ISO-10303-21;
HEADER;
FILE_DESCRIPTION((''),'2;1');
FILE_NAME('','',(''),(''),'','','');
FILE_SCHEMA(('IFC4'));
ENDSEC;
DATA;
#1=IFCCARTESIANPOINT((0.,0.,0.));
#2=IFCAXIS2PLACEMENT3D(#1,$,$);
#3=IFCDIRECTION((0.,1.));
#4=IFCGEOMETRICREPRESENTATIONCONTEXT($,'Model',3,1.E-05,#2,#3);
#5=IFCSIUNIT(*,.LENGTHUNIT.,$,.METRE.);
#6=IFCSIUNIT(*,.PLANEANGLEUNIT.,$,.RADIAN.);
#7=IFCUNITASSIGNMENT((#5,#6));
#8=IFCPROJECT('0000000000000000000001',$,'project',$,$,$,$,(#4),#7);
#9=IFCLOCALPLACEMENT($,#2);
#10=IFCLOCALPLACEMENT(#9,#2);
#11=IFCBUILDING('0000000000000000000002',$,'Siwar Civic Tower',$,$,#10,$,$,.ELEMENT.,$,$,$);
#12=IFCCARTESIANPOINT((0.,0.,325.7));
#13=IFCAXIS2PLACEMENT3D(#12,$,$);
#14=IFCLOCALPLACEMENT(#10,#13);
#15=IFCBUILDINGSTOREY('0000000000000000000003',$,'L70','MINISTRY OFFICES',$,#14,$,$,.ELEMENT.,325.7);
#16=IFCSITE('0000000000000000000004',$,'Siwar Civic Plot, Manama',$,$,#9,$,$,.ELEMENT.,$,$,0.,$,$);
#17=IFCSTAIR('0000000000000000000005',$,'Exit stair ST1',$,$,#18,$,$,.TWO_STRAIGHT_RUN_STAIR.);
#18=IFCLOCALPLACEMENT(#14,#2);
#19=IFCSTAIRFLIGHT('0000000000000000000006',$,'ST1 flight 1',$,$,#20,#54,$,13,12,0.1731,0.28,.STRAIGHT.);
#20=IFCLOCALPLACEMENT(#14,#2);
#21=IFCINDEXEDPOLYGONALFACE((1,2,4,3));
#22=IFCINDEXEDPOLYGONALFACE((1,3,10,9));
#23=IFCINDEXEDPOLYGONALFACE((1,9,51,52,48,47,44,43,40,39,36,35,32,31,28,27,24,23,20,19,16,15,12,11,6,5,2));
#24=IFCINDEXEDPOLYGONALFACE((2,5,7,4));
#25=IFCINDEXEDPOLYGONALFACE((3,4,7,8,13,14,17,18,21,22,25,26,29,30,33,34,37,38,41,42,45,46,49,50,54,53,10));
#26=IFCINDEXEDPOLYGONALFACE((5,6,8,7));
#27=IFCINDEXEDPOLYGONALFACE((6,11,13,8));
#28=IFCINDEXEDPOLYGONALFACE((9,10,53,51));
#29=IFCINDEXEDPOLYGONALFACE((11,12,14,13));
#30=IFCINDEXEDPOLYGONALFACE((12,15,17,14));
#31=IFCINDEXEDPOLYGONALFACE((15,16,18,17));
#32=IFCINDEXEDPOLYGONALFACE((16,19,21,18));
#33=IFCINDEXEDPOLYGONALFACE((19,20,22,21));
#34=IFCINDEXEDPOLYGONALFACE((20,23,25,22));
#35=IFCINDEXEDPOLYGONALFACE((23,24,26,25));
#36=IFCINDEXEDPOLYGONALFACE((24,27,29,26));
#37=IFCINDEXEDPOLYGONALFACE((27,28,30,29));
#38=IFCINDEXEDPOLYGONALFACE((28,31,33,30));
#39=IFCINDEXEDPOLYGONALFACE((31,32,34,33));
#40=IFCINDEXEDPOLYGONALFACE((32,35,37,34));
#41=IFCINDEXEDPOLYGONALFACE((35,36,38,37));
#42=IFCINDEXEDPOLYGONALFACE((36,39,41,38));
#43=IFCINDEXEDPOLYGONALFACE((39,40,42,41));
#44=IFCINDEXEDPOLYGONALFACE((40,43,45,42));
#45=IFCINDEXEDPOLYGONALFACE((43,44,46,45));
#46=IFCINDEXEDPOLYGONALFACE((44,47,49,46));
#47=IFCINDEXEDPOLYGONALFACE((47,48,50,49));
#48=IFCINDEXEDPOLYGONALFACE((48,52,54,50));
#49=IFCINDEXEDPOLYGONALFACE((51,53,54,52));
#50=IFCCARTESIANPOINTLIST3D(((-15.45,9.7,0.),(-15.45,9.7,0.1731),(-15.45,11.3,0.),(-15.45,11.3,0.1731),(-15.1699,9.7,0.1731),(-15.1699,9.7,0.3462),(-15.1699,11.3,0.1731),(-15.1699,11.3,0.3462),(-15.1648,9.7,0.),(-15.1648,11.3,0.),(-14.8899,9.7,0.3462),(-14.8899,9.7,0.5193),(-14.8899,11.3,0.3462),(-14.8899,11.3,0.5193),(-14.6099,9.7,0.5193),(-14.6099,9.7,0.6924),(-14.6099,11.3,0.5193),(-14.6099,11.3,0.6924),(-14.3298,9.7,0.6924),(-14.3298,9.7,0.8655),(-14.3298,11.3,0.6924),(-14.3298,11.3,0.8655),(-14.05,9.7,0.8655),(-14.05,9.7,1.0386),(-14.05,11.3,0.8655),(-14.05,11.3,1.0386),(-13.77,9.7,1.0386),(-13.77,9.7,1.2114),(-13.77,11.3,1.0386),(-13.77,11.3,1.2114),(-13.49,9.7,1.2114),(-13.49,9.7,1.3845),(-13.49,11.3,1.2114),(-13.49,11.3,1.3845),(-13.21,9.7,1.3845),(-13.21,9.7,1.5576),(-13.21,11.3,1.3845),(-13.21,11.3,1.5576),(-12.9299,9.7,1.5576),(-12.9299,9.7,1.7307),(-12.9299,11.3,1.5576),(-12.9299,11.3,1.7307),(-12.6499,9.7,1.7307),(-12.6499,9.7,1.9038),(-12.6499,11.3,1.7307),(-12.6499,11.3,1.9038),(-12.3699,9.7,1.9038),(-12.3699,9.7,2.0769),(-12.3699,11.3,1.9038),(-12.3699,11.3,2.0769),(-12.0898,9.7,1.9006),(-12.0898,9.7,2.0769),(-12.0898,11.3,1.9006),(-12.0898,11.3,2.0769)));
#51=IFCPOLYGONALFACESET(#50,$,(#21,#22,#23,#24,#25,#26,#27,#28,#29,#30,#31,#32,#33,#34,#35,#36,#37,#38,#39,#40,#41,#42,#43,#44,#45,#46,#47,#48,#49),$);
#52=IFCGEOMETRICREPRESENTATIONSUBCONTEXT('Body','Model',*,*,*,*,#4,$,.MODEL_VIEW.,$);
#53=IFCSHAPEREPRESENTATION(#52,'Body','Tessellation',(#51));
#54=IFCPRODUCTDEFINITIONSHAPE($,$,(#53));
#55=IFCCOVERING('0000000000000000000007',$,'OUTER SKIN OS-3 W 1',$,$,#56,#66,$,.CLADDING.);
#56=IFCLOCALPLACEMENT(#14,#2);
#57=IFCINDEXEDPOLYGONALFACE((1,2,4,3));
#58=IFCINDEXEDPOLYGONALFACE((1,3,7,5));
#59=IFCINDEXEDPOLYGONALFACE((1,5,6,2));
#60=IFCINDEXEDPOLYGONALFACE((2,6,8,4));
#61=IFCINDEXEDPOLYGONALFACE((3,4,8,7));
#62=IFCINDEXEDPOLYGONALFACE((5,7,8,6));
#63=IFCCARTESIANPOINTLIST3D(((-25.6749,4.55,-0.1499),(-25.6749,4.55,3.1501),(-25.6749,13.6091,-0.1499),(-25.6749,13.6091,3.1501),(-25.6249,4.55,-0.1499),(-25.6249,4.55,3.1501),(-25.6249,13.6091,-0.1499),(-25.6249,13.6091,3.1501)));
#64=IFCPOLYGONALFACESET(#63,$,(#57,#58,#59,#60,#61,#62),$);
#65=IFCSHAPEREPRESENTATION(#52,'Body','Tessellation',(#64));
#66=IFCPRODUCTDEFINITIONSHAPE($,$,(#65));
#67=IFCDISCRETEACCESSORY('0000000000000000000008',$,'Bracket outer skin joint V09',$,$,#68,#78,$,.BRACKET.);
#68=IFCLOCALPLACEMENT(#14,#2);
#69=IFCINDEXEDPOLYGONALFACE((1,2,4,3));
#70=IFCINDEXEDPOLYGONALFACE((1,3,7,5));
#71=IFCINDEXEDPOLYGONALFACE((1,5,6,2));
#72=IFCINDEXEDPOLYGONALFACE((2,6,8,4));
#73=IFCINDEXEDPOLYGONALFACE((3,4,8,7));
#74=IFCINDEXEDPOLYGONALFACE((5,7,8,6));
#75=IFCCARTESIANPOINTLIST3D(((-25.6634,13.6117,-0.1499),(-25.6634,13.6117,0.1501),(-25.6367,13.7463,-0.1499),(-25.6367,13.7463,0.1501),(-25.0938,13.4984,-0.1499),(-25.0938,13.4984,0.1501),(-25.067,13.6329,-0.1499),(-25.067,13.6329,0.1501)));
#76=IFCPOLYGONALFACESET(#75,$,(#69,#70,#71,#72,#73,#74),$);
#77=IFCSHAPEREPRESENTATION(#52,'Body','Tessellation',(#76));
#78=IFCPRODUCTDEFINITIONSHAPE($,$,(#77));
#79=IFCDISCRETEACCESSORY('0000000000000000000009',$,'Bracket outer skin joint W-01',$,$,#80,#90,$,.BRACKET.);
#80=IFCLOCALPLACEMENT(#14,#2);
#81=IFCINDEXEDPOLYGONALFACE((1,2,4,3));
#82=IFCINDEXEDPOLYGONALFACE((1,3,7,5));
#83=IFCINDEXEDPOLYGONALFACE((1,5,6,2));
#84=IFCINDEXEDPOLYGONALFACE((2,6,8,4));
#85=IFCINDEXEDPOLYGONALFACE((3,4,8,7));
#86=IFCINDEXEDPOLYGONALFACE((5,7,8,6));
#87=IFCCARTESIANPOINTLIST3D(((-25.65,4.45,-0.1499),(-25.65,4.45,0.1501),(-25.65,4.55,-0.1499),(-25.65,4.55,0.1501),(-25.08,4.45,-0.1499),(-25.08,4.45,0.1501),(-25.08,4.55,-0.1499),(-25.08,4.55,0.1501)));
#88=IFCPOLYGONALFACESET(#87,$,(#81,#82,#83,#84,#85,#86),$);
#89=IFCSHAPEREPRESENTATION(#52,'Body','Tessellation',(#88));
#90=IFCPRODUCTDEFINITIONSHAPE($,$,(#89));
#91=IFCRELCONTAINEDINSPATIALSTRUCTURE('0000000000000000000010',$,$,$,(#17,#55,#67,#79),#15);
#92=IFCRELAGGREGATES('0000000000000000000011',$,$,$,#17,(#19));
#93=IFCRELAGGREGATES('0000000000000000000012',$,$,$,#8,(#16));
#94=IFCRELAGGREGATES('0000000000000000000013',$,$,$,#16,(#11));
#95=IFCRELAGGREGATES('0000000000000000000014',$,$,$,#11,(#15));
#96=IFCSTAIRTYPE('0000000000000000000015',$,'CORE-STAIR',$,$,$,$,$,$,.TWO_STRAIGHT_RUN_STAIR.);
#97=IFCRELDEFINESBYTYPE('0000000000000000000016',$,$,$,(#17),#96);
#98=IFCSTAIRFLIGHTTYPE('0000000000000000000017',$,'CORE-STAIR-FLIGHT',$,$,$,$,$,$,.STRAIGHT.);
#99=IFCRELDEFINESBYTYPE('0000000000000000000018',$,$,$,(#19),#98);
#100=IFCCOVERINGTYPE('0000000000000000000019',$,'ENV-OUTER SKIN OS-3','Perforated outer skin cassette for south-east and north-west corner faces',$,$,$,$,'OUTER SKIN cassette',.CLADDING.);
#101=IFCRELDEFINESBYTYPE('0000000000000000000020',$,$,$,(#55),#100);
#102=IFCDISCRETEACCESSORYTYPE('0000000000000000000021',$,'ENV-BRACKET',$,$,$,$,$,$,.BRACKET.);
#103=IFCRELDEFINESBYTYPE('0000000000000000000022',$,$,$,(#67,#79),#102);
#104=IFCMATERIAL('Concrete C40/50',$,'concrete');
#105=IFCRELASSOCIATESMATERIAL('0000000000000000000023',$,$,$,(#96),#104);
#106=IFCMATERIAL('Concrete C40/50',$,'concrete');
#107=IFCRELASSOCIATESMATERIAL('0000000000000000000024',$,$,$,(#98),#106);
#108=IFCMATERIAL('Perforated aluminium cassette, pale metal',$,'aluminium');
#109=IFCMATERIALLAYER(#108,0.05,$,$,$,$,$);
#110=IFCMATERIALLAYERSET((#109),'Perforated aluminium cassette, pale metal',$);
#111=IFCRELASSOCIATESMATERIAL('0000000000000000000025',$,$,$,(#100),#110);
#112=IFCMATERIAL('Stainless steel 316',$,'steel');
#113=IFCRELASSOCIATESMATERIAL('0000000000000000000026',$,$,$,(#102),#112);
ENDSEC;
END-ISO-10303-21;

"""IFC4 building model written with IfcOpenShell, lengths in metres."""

from ifc_helpers import new_model, si_unit, direction, frame, origin, origin_2d, place, context, subcontext, project, spatial, polyline, rectangle, outline, extrude, material, layer, layer_set, type_object, element, aggregate, save


model = new_model("IFC4")

# Units and contexts
model_context = context("Model", 3, precision=1e-05, world=origin(), true_north=direction((0.0, 1.0)))
body_context = subcontext(model_context, "Body", "Model", "MODEL_VIEW")
ifc_project = project(units=[si_unit("LENGTHUNIT", "METRE"), si_unit("PLANEANGLEUNIT", "RADIAN")], contexts=[model_context])

# Site, building, storey
site_placement = place(None, origin())
site = spatial("IfcSite", under=ifc_project, at=site_placement, Name="Siwar Civic Plot, Manama", CompositionType="ELEMENT", RefElevation=0.0)
building_placement = place(site_placement, origin())
building = spatial("IfcBuilding", under=site, at=building_placement, Name="Siwar Civic Tower", CompositionType="ELEMENT")
storey_placement = place(building_placement, frame((0.0, 0.0, 325.7)))
storey = spatial("IfcBuildingStorey", under=building, at=storey_placement, Name="L70", Description="MINISTRY OFFICES", CompositionType="ELEMENT", Elevation=325.7)

# Stair, stair flight
ifc_material_1 = material(Name="Concrete C40/50", Category="concrete")
stair_type = type_object("IfcStairType", Name="CORE-STAIR", PredefinedType="TWO_STRAIGHT_RUN_STAIR", material=ifc_material_1)
stair_placement = place(storey_placement, origin())
stair = element("IfcStair", 1, at=stair_placement, inside=storey, type_object=stair_type, Name="Exit stair ST1", PredefinedType="TWO_STRAIGHT_RUN_STAIR")
ifc_material_2 = material(Name="Concrete C40/50", Category="concrete")
stair_flight_type = type_object("IfcStairFlightType", Name="CORE-STAIR-FLIGHT", PredefinedType="STRAIGHT", material=ifc_material_2)
stair_flight_placement = place(storey_placement, frame((-15.45, 10.5, 0.0), z_axis=(0.0, 0.0, 1.0), x_axis=(1.0, 0.0, 0.0)))
stair_flight = element("IfcStairFlight", 2, at=stair_flight_placement, type_object=stair_flight_type, Name="ST1 flight 1", NumberOfRisers=13, NumberOfTreads=12, PredefinedType="STRAIGHT", RiserHeight=0.1731, TreadLength=0.28, context=body_context, shape_type="SweptSolid", body=[
    extrude(outline(polyline([(0.0, 0.0), (0.0, 0.1731), (0.28, 0.1731), (0.28, 0.3462), (0.5601, 0.3462), (0.5601, 0.5193), (0.8401, 0.5193), (0.8401, 0.6924), (1.1201, 0.6924), (1.1201, 0.8655), (1.3999, 0.8655), (1.3999, 1.0386), (1.6799, 1.0386), (1.6799, 1.2114), (1.96, 1.2114), (1.96, 1.3845), (2.24, 1.3845), (2.24, 1.5576), (2.52, 1.5576), (2.52, 1.7307), (2.8, 1.7307), (2.8, 1.9038), (3.0801, 1.9038), (3.0801, 2.0769), (3.3601, 2.0769), (3.3601, 2.25), (3.3601, 1.9006), (0.2852, 0.0), (0.0, 0.0)])), frame((0.0, 0.8, 0.0), z_axis=(0.0, -1.0, 0.0), x_axis=(1.0, 0.0, 0.0)), (0.0, 0.0, 1.0), 1.6001),
])
aggregate(stair, [stair_flight])

# Covering
ifc_material_3 = material(Name="Perforated aluminium cassette, pale metal", Category="aluminium")
ifc_layer_1 = layer(ifc_material_3, 0.05)
ifc_layer_set_1 = layer_set([ifc_layer_1], Name="Perforated aluminium cassette, pale metal")
covering_type = type_object("IfcCoveringType", Name="ENV-OUTER SKIN OS-3", Description="Perforated outer skin cassette for south-east and north-west corner faces", ElementType="OUTER SKIN cassette", PredefinedType="CLADDING", material=ifc_layer_set_1)
covering_placement = place(storey_placement, frame((-25.6499, 9.0796, -0.1499), z_axis=(0.0, 0.0, 1.0), x_axis=(0.0, -1.0, 0.0)))
element("IfcCovering", 3, at=covering_placement, inside=storey, type_object=covering_type, Name="OUTER SKIN OS-3 W 1", PredefinedType="CLADDING", context=body_context, shape_type="SweptSolid", body=[
    extrude(rectangle(XDim=9.0591, YDim=0.05, at=origin_2d()), origin(), (0.0, 0.0, 1.0), 3.3),
])

# Discrete accessories
ifc_material_4 = material(Name="Stainless steel 316", Category="steel")
discrete_accessory_type = type_object("IfcDiscreteAccessoryType", Name="ENV-BRACKET", PredefinedType="BRACKET", material=ifc_material_4)
discrete_accessory_1_placement = place(storey_placement, frame((-25.3652, 13.6223, -0.1499), z_axis=(0.0, 0.0, 1.0), x_axis=(-0.980785, 0.19509, 0.0)))
element("IfcDiscreteAccessory", 4, at=discrete_accessory_1_placement, inside=storey, type_object=discrete_accessory_type, Name="Bracket outer skin joint V09", PredefinedType="BRACKET", context=body_context, shape_type="SweptSolid", body=[
    extrude(rectangle(XDim=0.5808, YDim=0.1372, at=origin_2d()), origin(), (0.0, 0.0, 1.0), 0.3),
])
discrete_accessory_2_placement = place(storey_placement, frame((-25.365, 4.5, -0.1499), z_axis=(0.0, 0.0, 1.0), x_axis=(-1.0, 0.0, 0.0)))
element("IfcDiscreteAccessory", 5, at=discrete_accessory_2_placement, inside=storey, type_object=discrete_accessory_type, Name="Bracket outer skin joint W-01", PredefinedType="BRACKET", context=body_context, shape_type="SweptSolid", body=[
    extrude(rectangle(XDim=0.5701, YDim=0.1001, at=origin_2d()), origin(), (0.0, 0.0, 1.0), 0.3),
])

save(model, "model.ifc")
